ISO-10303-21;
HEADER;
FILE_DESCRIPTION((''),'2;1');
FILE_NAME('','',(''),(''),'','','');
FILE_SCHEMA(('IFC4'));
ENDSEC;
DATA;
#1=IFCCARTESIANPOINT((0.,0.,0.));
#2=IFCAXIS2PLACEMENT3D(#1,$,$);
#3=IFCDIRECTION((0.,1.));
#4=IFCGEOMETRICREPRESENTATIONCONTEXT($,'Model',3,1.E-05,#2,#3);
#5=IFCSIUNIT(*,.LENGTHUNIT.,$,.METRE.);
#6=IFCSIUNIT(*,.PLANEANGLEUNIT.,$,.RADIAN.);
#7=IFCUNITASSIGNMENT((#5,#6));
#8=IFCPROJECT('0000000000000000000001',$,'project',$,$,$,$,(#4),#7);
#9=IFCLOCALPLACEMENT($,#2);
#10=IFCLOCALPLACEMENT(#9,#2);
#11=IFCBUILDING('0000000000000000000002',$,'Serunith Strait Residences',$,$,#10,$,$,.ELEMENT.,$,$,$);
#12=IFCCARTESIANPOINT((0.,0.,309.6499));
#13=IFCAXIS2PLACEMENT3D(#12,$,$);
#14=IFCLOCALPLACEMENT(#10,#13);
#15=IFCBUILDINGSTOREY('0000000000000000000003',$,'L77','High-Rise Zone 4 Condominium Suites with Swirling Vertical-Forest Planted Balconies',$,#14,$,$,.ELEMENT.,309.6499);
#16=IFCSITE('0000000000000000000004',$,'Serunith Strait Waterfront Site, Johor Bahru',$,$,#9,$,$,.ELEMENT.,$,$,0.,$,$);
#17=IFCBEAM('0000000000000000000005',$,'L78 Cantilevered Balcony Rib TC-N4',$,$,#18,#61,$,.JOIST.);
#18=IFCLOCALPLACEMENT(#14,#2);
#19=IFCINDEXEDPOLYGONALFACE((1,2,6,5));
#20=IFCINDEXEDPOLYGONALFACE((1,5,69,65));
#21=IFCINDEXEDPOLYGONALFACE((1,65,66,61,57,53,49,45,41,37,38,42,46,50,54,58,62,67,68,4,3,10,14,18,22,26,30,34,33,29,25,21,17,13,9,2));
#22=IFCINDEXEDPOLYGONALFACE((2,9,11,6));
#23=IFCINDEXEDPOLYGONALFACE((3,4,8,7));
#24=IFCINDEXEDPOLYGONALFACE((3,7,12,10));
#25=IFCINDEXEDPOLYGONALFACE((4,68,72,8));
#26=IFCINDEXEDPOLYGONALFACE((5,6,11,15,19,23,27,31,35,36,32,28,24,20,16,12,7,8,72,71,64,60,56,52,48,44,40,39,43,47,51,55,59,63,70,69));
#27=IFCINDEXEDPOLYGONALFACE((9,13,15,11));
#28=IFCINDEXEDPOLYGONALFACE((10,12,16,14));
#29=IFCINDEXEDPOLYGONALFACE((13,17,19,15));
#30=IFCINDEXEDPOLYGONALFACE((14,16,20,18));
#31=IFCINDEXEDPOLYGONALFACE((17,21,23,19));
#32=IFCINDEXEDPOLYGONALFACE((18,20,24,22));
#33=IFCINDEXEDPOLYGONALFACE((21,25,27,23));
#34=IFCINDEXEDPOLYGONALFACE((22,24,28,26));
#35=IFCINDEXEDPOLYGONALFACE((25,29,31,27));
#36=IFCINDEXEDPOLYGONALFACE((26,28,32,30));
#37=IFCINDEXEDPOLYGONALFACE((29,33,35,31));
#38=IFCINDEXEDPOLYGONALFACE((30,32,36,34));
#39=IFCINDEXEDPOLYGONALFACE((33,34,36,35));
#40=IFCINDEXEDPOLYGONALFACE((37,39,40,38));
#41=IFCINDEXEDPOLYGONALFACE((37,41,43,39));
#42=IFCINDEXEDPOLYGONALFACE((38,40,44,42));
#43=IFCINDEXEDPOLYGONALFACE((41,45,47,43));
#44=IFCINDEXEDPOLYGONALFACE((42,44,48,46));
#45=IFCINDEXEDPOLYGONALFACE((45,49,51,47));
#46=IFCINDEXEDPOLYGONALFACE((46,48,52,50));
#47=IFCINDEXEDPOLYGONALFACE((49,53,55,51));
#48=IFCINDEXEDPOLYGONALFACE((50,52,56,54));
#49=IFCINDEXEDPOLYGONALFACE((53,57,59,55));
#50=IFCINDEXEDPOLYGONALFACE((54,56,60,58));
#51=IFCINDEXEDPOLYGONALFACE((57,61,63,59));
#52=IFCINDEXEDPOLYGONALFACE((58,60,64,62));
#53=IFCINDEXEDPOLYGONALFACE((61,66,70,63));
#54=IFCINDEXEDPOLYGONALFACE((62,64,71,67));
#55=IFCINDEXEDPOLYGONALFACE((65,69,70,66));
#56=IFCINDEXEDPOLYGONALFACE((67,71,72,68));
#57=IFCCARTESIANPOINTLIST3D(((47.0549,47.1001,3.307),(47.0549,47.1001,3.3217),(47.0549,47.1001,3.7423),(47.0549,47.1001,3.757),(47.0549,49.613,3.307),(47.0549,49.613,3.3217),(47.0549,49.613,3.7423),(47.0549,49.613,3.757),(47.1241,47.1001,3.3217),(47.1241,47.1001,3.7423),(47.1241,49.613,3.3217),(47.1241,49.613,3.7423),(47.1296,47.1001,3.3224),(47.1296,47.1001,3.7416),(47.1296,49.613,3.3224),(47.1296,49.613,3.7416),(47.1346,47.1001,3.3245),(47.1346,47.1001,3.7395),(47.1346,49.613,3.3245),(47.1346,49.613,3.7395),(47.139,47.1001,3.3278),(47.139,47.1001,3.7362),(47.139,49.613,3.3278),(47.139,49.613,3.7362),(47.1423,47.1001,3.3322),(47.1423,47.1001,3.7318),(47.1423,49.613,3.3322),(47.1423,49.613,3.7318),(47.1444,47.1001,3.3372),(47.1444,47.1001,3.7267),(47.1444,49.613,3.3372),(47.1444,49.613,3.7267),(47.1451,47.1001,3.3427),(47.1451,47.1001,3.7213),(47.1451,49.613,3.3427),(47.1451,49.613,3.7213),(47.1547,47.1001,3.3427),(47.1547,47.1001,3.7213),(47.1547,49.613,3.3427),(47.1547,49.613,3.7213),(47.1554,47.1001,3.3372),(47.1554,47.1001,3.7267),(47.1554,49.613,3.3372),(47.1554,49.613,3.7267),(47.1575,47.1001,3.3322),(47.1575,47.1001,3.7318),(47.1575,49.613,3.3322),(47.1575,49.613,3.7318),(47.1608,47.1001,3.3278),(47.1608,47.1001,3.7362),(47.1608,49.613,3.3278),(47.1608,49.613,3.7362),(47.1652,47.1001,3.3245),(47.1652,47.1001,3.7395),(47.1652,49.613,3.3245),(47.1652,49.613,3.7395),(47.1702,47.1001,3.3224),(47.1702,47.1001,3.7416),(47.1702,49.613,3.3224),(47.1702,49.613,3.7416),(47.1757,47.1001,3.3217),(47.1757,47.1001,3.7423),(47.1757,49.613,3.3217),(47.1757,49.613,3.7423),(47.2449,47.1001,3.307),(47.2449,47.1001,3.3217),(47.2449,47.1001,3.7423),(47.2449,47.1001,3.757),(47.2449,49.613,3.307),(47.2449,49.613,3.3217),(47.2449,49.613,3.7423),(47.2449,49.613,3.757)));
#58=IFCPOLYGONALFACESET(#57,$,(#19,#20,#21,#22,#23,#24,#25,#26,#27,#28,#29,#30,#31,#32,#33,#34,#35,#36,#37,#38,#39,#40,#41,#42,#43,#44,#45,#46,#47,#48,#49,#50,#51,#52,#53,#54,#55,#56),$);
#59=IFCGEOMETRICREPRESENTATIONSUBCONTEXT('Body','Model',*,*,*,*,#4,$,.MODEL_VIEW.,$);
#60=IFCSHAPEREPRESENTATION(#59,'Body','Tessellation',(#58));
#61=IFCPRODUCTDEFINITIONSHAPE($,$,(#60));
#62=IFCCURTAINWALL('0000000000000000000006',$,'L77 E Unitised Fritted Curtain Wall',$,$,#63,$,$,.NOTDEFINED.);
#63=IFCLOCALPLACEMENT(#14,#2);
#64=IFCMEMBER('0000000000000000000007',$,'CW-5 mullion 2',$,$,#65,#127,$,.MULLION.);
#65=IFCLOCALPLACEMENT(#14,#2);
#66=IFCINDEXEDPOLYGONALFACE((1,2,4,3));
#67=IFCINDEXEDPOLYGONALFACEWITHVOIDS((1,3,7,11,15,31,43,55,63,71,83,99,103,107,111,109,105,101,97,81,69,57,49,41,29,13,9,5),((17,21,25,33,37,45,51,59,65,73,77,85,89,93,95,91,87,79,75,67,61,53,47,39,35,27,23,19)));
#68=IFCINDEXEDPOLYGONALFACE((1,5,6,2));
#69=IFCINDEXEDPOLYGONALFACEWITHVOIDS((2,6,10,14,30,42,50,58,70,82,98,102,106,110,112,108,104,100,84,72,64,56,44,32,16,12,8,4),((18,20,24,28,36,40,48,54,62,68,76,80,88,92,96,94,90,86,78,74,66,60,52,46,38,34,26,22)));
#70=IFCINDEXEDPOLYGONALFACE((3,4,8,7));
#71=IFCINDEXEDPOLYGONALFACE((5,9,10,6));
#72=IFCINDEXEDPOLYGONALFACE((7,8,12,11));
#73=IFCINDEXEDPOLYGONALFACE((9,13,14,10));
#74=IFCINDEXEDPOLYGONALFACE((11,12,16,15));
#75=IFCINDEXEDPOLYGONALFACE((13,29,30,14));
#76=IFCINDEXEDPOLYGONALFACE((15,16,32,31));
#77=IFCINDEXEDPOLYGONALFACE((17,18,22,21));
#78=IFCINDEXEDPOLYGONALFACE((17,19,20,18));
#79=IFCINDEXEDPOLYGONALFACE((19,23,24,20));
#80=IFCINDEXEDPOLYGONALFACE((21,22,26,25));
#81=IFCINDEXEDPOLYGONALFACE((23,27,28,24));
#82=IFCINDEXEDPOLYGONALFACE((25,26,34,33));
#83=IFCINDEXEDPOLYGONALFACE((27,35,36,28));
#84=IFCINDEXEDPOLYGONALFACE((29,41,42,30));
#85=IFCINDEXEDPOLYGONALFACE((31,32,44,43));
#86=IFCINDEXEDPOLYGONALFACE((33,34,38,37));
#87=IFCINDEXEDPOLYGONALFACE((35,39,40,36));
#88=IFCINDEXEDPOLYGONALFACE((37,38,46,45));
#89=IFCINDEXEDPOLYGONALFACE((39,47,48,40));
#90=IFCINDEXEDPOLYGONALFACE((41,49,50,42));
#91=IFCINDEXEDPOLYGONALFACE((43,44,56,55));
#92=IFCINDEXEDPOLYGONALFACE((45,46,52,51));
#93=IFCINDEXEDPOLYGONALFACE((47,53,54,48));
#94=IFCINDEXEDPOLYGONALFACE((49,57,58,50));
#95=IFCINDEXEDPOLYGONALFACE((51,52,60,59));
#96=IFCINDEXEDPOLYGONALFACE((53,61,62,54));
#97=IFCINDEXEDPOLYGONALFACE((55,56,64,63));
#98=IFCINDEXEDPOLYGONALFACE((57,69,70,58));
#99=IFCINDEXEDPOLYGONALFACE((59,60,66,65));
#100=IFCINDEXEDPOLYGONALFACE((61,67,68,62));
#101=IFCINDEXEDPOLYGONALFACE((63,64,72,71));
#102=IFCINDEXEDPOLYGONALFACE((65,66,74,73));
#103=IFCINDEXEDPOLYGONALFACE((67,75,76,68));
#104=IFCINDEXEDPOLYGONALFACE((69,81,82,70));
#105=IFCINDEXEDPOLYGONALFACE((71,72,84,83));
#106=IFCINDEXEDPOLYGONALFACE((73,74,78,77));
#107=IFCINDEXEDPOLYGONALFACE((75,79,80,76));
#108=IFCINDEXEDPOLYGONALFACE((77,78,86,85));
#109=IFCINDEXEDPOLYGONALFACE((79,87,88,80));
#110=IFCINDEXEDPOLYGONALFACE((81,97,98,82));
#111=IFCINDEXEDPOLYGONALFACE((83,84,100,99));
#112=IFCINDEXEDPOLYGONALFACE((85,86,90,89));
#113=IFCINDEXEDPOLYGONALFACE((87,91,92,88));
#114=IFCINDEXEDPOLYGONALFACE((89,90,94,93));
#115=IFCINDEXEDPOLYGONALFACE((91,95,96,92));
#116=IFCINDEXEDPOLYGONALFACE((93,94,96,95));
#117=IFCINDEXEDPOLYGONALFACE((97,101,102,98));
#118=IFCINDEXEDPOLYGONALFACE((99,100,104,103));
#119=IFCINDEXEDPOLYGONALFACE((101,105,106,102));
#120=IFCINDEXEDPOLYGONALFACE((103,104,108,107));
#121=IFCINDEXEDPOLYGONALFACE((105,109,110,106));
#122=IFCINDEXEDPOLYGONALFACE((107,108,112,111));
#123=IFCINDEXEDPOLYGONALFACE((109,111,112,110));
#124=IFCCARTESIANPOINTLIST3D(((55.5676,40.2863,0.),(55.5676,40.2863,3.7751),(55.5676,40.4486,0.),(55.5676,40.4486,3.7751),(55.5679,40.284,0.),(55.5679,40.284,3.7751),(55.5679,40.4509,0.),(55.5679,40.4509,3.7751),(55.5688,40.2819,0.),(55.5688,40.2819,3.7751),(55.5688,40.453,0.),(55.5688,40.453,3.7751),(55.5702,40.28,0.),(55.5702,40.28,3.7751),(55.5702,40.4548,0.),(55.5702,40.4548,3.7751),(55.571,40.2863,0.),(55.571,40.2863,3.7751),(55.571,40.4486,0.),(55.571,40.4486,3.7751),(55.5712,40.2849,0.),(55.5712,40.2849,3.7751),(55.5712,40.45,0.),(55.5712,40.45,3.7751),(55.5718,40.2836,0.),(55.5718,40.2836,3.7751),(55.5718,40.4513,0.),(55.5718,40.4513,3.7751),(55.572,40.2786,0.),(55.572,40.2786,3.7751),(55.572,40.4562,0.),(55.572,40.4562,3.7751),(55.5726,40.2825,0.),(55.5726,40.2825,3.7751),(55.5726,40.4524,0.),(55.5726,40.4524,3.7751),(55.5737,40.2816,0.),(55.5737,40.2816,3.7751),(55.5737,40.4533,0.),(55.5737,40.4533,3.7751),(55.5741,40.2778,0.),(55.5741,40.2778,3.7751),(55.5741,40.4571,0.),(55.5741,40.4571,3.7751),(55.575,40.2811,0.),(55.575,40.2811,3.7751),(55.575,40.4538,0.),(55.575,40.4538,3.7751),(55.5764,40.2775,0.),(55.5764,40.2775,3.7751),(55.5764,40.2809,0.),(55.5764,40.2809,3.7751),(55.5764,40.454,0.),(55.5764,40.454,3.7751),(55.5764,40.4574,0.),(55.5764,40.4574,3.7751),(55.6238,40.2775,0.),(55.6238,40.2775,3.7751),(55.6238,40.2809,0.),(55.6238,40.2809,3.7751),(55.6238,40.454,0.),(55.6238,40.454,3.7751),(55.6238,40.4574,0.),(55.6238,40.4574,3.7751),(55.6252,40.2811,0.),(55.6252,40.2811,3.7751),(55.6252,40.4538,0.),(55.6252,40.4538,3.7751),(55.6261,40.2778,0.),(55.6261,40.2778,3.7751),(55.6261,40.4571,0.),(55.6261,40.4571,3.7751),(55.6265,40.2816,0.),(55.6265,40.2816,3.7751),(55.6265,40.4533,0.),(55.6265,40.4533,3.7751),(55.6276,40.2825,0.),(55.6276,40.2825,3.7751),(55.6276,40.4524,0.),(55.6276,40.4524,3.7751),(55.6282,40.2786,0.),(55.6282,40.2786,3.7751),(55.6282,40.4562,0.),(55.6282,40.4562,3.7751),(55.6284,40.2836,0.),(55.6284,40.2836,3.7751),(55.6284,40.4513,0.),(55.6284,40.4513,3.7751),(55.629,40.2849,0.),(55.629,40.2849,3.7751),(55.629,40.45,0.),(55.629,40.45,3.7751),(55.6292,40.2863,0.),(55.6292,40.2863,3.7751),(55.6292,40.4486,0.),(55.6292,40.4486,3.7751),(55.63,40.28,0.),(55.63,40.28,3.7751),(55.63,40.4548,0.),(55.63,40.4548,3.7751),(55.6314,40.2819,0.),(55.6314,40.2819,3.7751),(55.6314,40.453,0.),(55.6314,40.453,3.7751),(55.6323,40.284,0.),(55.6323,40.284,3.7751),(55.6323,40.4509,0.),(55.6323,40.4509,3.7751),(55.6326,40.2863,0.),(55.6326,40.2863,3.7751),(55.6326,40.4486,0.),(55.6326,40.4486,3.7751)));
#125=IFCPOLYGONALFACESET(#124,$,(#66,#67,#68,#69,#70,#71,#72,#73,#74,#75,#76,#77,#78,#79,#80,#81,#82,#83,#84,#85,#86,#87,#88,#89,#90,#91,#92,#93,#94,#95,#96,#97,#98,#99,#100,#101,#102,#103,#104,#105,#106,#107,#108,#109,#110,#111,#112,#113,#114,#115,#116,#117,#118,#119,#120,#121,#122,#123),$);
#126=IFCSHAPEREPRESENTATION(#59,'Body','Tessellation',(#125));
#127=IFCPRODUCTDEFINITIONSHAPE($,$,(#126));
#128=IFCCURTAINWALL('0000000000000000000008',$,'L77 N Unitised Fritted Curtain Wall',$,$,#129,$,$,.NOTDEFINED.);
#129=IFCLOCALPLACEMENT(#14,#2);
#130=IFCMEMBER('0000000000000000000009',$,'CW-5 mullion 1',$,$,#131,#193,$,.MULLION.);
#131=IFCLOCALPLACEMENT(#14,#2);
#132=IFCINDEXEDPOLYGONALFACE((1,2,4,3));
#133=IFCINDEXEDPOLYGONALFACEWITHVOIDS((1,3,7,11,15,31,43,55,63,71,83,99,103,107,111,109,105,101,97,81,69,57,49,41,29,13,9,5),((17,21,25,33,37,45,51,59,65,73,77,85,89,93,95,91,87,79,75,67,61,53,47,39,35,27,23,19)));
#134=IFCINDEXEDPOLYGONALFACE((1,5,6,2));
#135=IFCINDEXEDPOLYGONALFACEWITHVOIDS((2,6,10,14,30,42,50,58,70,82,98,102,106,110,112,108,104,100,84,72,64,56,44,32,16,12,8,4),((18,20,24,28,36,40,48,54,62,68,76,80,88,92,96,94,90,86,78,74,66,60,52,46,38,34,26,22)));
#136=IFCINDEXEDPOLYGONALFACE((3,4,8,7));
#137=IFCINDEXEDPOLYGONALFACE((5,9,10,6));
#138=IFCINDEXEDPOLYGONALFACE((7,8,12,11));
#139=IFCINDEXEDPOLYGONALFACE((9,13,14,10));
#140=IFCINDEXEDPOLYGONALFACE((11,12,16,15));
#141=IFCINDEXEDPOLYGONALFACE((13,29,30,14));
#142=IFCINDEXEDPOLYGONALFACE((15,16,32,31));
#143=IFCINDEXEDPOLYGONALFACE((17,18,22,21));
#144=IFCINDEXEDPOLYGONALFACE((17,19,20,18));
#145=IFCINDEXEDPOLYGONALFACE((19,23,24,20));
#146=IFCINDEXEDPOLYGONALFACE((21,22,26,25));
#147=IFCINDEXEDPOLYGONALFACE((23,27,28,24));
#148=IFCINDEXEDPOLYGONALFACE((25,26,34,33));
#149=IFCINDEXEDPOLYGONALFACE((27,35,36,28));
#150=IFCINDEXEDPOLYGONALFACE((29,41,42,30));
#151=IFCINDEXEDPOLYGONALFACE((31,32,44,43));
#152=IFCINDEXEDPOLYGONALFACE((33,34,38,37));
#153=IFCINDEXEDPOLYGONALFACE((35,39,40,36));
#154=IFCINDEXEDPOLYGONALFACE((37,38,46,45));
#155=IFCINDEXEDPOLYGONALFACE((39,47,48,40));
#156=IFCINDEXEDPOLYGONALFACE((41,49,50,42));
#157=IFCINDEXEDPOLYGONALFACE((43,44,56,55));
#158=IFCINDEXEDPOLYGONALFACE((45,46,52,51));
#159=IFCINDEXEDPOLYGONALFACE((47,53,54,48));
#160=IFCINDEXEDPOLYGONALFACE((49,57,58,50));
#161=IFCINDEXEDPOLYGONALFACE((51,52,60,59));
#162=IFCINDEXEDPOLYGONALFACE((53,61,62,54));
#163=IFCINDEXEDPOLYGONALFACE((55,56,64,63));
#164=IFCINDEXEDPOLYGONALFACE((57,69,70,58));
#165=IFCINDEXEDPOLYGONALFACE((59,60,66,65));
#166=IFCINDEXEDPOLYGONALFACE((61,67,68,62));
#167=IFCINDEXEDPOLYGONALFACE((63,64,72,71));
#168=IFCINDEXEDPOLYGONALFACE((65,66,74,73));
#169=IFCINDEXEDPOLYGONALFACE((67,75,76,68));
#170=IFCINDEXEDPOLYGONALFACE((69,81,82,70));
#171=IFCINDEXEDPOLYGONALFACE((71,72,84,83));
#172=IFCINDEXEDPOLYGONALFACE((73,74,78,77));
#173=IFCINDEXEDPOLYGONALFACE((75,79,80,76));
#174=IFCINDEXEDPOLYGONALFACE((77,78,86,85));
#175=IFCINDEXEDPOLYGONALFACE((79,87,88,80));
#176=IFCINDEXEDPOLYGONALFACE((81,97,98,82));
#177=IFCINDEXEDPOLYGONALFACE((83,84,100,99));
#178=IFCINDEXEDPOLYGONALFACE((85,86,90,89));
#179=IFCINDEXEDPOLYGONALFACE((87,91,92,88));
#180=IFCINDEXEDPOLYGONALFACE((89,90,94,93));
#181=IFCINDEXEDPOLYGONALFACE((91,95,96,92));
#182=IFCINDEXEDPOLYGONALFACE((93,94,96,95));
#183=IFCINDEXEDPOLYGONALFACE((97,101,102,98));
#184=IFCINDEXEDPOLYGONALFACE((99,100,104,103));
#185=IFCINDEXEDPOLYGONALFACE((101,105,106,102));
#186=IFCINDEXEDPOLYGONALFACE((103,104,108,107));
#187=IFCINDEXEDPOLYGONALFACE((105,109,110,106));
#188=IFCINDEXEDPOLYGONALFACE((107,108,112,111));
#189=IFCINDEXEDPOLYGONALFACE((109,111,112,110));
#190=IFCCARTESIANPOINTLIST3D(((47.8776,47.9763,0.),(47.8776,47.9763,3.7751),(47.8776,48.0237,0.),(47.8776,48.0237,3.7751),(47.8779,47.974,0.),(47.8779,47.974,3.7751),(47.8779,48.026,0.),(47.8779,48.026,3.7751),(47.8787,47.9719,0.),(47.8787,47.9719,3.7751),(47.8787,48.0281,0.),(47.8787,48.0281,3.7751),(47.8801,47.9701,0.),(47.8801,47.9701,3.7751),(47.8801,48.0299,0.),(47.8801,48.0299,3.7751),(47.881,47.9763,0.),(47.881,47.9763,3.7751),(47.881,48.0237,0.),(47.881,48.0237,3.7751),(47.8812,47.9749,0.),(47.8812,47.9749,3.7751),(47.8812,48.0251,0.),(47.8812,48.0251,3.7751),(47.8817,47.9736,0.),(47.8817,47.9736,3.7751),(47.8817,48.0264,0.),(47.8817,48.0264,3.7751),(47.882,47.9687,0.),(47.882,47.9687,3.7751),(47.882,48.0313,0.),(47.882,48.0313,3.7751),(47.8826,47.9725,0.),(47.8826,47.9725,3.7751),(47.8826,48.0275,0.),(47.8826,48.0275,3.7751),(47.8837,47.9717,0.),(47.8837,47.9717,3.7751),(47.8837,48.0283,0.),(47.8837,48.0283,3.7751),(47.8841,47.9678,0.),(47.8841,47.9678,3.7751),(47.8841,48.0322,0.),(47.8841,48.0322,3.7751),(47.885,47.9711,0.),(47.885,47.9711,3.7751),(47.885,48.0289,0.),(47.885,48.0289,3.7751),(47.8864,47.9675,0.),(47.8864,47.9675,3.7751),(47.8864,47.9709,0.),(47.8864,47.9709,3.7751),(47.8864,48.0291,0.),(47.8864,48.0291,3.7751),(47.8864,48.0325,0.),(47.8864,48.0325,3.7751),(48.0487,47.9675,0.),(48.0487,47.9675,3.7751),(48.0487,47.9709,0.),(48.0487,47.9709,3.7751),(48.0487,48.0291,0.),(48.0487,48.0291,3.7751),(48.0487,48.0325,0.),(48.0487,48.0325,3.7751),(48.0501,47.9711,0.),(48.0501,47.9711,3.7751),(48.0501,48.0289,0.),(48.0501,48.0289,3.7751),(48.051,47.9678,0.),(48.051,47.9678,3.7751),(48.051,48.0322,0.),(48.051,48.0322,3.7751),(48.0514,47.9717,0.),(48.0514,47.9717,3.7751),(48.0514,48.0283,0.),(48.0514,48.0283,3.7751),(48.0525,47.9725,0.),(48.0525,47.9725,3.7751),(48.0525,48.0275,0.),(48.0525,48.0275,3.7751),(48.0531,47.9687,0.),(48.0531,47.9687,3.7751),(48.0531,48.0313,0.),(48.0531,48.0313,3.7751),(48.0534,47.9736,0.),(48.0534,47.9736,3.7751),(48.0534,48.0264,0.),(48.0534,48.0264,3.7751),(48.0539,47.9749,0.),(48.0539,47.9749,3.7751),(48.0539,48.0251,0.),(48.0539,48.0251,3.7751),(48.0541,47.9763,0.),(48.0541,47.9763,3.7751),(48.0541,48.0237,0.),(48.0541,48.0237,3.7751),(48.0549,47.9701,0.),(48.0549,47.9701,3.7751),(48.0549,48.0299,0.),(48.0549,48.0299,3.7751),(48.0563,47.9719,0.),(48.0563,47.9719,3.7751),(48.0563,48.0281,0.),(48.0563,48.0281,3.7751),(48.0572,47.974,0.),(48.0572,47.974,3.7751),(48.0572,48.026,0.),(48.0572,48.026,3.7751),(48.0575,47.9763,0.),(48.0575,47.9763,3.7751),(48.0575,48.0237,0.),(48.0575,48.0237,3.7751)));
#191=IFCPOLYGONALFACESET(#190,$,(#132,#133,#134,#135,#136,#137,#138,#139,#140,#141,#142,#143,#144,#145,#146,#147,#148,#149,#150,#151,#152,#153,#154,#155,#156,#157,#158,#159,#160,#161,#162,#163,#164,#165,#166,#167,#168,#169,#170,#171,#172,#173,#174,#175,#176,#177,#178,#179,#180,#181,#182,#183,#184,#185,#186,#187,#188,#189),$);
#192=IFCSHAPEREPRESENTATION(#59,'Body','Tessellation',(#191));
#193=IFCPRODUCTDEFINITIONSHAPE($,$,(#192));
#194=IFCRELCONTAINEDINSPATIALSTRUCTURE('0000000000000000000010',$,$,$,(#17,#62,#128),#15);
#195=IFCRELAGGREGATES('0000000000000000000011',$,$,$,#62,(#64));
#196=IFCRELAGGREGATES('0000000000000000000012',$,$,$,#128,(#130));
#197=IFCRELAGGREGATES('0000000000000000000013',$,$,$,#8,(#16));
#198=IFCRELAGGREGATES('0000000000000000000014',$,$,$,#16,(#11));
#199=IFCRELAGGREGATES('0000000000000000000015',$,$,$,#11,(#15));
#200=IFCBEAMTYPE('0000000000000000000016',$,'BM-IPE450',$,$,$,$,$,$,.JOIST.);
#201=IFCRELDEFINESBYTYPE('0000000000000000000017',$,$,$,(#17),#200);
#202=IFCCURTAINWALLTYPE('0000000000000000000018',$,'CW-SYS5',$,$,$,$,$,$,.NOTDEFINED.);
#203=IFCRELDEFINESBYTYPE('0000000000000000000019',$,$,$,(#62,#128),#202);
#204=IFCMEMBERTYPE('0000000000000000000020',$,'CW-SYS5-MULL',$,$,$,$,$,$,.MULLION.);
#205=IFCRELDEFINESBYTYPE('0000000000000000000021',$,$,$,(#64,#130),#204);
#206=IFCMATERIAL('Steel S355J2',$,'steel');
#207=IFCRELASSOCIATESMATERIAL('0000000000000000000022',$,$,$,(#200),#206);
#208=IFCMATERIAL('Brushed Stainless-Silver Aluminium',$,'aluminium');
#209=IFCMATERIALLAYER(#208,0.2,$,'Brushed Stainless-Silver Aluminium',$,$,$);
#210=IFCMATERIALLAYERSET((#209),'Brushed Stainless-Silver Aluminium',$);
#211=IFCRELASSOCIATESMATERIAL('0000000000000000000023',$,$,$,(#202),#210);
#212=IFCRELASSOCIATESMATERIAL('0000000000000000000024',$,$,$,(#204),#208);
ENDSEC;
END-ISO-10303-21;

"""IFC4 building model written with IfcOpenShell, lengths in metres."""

from ifc_helpers import new_model, si_unit, direction, frame, origin, origin_2d, place, context, subcontext, project, spatial, hollow_rectangle, i_section, extrude, source, transform, mapped, material, layer, layer_set, material_profile, profile_set, type_object, element, aggregate, save


model = new_model("IFC4")

# Units and contexts
model_context = context("Model", 3, precision=1e-05, world=origin(), true_north=direction((0.0, 1.0)))
body_context = subcontext(model_context, "Body", "Model", "MODEL_VIEW")
ifc_project = project(units=[si_unit("LENGTHUNIT", "METRE"), si_unit("PLANEANGLEUNIT", "RADIAN")], contexts=[model_context])

# Site, building, storey
site_placement = place(None, origin())
site = spatial("IfcSite", under=ifc_project, at=site_placement, Name="Serunith Strait Waterfront Site, Johor Bahru", CompositionType="ELEMENT", RefElevation=0.0)
building_placement = place(site_placement, origin())
building = spatial("IfcBuilding", under=site, at=building_placement, Name="Serunith Strait Residences", CompositionType="ELEMENT")
storey_placement = place(building_placement, frame((0.0, 0.0, 309.6499)))
storey = spatial("IfcBuildingStorey", under=building, at=storey_placement, Name="L77", Description="High-Rise Zone 4 Condominium Suites with Swirling Vertical-Forest Planted Balconies", CompositionType="ELEMENT", Elevation=309.6499)

# Beam
ifc_material_1 = material(Name="Steel S355J2", Category="steel")
ifc_material_profile_1 = material_profile(ifc_material_1, i_section(OverallWidth=0.1899, OverallDepth=0.45, WebThickness=0.0095, FlangeThickness=0.0146, FilletRadius=0.021, at=origin_2d()), Name="IPE 450")
ifc_profile_set_1 = profile_set([ifc_material_profile_1], Name="Steel S355J2")
beam_type_1 = type_object("IfcBeamType", Name="BM-IPE450", PredefinedType="JOIST", material=ifc_profile_set_1)
shared_shape_1 = source(origin(), body_context, "Body", "SweptSolid", [
    extrude(i_section(OverallWidth=0.1899, OverallDepth=0.45, WebThickness=0.0095, FlangeThickness=0.0146, FilletRadius=0.021, at=origin_2d()), origin(), (0.0, 0.0, 1.0), 2.5129),
])
beam_1_placement = place(storey_placement, frame((47.1499, 47.1001, 3.532), z_axis=(0.0, 1.0, 0.0), x_axis=(-1.0, 0.0, 0.0)))
element("IfcBeam", 1, at=beam_1_placement, inside=storey, type_object=beam_type_1, Name="L78 Cantilevered Balcony Rib TC-N4", PredefinedType="JOIST", context=body_context, shape_type="MappedRepresentation", body=[
    mapped(shared_shape_1, transform((0.0, 0.0, 0.0), scale=1.0)),
])

# Curtain wall, member
ifc_material_2 = material(Name="Brushed Stainless-Silver Aluminium", Category="aluminium")
ifc_layer_1 = layer(ifc_material_2, 0.2, Name="Brushed Stainless-Silver Aluminium")
ifc_layer_set_1 = layer_set([ifc_layer_1], Name="Brushed Stainless-Silver Aluminium")
curtain_wall_type = type_object("IfcCurtainWallType", Name="CW-SYS5", PredefinedType="NOTDEFINED", material=ifc_layer_set_1)
curtain_wall_1_placement = place(storey_placement, origin())
curtain_wall_1 = element("IfcCurtainWall", 2, at=curtain_wall_1_placement, inside=storey, type_object=curtain_wall_type, Name="L77 E Unitised Fritted Curtain Wall", PredefinedType="NOTDEFINED")
ifc_material_profile_2 = material_profile(ifc_material_2, hollow_rectangle(XDim=0.0649, YDim=0.1799, WallThickness=0.0034, InnerFilletRadius=0.0054, OuterFilletRadius=0.0088, at=origin_2d()), Name="ALU 180x65x3.5")
ifc_profile_set_2 = profile_set([ifc_material_profile_2], Name="Brushed Stainless-Silver Aluminium")
member_type_1 = type_object("IfcMemberType", Name="CW-SYS5-MULL", PredefinedType="MULLION", material=ifc_profile_set_2)
shared_shape_2 = source(origin(), body_context, "Body", "SweptSolid", [
    extrude(hollow_rectangle(XDim=0.0649, YDim=0.1799, WallThickness=0.0034, InnerFilletRadius=0.0054, OuterFilletRadius=0.0088, at=origin_2d()), origin(), (0.0, 0.0, 1.0), 3.7751),
])
member_1_placement = place(storey_placement, frame((55.6001, 40.3674, 0.0), z_axis=(0.0, 0.0, 1.0), x_axis=(-1.0, 0.0, 0.0)))
member_1 = element("IfcMember", 3, at=member_1_placement, type_object=member_type_1, Name="CW-5 mullion 2", PredefinedType="MULLION", context=body_context, shape_type="MappedRepresentation", body=[
    mapped(shared_shape_2, transform((0.0, 0.0, 0.0), scale=1.0)),
])
aggregate(curtain_wall_1, [member_1])

# Curtain wall, member
curtain_wall_2_placement = place(storey_placement, origin())
curtain_wall_2 = element("IfcCurtainWall", 4, at=curtain_wall_2_placement, inside=storey, type_object=curtain_wall_type, Name="L77 N Unitised Fritted Curtain Wall", PredefinedType="NOTDEFINED")
member_2_placement = place(storey_placement, frame((47.9675, 48.0, 0.0), z_axis=(0.0, 0.0, 1.0), x_axis=(0.0, -1.0, 0.0)))
member_2 = element("IfcMember", 5, at=member_2_placement, type_object=member_type_1, Name="CW-5 mullion 1", PredefinedType="MULLION", context=body_context, shape_type="MappedRepresentation", body=[
    mapped(shared_shape_2, transform((0.0, 0.0, 0.0), scale=1.0)),
])
aggregate(curtain_wall_2, [member_2])

save(model, "model.ifc")
